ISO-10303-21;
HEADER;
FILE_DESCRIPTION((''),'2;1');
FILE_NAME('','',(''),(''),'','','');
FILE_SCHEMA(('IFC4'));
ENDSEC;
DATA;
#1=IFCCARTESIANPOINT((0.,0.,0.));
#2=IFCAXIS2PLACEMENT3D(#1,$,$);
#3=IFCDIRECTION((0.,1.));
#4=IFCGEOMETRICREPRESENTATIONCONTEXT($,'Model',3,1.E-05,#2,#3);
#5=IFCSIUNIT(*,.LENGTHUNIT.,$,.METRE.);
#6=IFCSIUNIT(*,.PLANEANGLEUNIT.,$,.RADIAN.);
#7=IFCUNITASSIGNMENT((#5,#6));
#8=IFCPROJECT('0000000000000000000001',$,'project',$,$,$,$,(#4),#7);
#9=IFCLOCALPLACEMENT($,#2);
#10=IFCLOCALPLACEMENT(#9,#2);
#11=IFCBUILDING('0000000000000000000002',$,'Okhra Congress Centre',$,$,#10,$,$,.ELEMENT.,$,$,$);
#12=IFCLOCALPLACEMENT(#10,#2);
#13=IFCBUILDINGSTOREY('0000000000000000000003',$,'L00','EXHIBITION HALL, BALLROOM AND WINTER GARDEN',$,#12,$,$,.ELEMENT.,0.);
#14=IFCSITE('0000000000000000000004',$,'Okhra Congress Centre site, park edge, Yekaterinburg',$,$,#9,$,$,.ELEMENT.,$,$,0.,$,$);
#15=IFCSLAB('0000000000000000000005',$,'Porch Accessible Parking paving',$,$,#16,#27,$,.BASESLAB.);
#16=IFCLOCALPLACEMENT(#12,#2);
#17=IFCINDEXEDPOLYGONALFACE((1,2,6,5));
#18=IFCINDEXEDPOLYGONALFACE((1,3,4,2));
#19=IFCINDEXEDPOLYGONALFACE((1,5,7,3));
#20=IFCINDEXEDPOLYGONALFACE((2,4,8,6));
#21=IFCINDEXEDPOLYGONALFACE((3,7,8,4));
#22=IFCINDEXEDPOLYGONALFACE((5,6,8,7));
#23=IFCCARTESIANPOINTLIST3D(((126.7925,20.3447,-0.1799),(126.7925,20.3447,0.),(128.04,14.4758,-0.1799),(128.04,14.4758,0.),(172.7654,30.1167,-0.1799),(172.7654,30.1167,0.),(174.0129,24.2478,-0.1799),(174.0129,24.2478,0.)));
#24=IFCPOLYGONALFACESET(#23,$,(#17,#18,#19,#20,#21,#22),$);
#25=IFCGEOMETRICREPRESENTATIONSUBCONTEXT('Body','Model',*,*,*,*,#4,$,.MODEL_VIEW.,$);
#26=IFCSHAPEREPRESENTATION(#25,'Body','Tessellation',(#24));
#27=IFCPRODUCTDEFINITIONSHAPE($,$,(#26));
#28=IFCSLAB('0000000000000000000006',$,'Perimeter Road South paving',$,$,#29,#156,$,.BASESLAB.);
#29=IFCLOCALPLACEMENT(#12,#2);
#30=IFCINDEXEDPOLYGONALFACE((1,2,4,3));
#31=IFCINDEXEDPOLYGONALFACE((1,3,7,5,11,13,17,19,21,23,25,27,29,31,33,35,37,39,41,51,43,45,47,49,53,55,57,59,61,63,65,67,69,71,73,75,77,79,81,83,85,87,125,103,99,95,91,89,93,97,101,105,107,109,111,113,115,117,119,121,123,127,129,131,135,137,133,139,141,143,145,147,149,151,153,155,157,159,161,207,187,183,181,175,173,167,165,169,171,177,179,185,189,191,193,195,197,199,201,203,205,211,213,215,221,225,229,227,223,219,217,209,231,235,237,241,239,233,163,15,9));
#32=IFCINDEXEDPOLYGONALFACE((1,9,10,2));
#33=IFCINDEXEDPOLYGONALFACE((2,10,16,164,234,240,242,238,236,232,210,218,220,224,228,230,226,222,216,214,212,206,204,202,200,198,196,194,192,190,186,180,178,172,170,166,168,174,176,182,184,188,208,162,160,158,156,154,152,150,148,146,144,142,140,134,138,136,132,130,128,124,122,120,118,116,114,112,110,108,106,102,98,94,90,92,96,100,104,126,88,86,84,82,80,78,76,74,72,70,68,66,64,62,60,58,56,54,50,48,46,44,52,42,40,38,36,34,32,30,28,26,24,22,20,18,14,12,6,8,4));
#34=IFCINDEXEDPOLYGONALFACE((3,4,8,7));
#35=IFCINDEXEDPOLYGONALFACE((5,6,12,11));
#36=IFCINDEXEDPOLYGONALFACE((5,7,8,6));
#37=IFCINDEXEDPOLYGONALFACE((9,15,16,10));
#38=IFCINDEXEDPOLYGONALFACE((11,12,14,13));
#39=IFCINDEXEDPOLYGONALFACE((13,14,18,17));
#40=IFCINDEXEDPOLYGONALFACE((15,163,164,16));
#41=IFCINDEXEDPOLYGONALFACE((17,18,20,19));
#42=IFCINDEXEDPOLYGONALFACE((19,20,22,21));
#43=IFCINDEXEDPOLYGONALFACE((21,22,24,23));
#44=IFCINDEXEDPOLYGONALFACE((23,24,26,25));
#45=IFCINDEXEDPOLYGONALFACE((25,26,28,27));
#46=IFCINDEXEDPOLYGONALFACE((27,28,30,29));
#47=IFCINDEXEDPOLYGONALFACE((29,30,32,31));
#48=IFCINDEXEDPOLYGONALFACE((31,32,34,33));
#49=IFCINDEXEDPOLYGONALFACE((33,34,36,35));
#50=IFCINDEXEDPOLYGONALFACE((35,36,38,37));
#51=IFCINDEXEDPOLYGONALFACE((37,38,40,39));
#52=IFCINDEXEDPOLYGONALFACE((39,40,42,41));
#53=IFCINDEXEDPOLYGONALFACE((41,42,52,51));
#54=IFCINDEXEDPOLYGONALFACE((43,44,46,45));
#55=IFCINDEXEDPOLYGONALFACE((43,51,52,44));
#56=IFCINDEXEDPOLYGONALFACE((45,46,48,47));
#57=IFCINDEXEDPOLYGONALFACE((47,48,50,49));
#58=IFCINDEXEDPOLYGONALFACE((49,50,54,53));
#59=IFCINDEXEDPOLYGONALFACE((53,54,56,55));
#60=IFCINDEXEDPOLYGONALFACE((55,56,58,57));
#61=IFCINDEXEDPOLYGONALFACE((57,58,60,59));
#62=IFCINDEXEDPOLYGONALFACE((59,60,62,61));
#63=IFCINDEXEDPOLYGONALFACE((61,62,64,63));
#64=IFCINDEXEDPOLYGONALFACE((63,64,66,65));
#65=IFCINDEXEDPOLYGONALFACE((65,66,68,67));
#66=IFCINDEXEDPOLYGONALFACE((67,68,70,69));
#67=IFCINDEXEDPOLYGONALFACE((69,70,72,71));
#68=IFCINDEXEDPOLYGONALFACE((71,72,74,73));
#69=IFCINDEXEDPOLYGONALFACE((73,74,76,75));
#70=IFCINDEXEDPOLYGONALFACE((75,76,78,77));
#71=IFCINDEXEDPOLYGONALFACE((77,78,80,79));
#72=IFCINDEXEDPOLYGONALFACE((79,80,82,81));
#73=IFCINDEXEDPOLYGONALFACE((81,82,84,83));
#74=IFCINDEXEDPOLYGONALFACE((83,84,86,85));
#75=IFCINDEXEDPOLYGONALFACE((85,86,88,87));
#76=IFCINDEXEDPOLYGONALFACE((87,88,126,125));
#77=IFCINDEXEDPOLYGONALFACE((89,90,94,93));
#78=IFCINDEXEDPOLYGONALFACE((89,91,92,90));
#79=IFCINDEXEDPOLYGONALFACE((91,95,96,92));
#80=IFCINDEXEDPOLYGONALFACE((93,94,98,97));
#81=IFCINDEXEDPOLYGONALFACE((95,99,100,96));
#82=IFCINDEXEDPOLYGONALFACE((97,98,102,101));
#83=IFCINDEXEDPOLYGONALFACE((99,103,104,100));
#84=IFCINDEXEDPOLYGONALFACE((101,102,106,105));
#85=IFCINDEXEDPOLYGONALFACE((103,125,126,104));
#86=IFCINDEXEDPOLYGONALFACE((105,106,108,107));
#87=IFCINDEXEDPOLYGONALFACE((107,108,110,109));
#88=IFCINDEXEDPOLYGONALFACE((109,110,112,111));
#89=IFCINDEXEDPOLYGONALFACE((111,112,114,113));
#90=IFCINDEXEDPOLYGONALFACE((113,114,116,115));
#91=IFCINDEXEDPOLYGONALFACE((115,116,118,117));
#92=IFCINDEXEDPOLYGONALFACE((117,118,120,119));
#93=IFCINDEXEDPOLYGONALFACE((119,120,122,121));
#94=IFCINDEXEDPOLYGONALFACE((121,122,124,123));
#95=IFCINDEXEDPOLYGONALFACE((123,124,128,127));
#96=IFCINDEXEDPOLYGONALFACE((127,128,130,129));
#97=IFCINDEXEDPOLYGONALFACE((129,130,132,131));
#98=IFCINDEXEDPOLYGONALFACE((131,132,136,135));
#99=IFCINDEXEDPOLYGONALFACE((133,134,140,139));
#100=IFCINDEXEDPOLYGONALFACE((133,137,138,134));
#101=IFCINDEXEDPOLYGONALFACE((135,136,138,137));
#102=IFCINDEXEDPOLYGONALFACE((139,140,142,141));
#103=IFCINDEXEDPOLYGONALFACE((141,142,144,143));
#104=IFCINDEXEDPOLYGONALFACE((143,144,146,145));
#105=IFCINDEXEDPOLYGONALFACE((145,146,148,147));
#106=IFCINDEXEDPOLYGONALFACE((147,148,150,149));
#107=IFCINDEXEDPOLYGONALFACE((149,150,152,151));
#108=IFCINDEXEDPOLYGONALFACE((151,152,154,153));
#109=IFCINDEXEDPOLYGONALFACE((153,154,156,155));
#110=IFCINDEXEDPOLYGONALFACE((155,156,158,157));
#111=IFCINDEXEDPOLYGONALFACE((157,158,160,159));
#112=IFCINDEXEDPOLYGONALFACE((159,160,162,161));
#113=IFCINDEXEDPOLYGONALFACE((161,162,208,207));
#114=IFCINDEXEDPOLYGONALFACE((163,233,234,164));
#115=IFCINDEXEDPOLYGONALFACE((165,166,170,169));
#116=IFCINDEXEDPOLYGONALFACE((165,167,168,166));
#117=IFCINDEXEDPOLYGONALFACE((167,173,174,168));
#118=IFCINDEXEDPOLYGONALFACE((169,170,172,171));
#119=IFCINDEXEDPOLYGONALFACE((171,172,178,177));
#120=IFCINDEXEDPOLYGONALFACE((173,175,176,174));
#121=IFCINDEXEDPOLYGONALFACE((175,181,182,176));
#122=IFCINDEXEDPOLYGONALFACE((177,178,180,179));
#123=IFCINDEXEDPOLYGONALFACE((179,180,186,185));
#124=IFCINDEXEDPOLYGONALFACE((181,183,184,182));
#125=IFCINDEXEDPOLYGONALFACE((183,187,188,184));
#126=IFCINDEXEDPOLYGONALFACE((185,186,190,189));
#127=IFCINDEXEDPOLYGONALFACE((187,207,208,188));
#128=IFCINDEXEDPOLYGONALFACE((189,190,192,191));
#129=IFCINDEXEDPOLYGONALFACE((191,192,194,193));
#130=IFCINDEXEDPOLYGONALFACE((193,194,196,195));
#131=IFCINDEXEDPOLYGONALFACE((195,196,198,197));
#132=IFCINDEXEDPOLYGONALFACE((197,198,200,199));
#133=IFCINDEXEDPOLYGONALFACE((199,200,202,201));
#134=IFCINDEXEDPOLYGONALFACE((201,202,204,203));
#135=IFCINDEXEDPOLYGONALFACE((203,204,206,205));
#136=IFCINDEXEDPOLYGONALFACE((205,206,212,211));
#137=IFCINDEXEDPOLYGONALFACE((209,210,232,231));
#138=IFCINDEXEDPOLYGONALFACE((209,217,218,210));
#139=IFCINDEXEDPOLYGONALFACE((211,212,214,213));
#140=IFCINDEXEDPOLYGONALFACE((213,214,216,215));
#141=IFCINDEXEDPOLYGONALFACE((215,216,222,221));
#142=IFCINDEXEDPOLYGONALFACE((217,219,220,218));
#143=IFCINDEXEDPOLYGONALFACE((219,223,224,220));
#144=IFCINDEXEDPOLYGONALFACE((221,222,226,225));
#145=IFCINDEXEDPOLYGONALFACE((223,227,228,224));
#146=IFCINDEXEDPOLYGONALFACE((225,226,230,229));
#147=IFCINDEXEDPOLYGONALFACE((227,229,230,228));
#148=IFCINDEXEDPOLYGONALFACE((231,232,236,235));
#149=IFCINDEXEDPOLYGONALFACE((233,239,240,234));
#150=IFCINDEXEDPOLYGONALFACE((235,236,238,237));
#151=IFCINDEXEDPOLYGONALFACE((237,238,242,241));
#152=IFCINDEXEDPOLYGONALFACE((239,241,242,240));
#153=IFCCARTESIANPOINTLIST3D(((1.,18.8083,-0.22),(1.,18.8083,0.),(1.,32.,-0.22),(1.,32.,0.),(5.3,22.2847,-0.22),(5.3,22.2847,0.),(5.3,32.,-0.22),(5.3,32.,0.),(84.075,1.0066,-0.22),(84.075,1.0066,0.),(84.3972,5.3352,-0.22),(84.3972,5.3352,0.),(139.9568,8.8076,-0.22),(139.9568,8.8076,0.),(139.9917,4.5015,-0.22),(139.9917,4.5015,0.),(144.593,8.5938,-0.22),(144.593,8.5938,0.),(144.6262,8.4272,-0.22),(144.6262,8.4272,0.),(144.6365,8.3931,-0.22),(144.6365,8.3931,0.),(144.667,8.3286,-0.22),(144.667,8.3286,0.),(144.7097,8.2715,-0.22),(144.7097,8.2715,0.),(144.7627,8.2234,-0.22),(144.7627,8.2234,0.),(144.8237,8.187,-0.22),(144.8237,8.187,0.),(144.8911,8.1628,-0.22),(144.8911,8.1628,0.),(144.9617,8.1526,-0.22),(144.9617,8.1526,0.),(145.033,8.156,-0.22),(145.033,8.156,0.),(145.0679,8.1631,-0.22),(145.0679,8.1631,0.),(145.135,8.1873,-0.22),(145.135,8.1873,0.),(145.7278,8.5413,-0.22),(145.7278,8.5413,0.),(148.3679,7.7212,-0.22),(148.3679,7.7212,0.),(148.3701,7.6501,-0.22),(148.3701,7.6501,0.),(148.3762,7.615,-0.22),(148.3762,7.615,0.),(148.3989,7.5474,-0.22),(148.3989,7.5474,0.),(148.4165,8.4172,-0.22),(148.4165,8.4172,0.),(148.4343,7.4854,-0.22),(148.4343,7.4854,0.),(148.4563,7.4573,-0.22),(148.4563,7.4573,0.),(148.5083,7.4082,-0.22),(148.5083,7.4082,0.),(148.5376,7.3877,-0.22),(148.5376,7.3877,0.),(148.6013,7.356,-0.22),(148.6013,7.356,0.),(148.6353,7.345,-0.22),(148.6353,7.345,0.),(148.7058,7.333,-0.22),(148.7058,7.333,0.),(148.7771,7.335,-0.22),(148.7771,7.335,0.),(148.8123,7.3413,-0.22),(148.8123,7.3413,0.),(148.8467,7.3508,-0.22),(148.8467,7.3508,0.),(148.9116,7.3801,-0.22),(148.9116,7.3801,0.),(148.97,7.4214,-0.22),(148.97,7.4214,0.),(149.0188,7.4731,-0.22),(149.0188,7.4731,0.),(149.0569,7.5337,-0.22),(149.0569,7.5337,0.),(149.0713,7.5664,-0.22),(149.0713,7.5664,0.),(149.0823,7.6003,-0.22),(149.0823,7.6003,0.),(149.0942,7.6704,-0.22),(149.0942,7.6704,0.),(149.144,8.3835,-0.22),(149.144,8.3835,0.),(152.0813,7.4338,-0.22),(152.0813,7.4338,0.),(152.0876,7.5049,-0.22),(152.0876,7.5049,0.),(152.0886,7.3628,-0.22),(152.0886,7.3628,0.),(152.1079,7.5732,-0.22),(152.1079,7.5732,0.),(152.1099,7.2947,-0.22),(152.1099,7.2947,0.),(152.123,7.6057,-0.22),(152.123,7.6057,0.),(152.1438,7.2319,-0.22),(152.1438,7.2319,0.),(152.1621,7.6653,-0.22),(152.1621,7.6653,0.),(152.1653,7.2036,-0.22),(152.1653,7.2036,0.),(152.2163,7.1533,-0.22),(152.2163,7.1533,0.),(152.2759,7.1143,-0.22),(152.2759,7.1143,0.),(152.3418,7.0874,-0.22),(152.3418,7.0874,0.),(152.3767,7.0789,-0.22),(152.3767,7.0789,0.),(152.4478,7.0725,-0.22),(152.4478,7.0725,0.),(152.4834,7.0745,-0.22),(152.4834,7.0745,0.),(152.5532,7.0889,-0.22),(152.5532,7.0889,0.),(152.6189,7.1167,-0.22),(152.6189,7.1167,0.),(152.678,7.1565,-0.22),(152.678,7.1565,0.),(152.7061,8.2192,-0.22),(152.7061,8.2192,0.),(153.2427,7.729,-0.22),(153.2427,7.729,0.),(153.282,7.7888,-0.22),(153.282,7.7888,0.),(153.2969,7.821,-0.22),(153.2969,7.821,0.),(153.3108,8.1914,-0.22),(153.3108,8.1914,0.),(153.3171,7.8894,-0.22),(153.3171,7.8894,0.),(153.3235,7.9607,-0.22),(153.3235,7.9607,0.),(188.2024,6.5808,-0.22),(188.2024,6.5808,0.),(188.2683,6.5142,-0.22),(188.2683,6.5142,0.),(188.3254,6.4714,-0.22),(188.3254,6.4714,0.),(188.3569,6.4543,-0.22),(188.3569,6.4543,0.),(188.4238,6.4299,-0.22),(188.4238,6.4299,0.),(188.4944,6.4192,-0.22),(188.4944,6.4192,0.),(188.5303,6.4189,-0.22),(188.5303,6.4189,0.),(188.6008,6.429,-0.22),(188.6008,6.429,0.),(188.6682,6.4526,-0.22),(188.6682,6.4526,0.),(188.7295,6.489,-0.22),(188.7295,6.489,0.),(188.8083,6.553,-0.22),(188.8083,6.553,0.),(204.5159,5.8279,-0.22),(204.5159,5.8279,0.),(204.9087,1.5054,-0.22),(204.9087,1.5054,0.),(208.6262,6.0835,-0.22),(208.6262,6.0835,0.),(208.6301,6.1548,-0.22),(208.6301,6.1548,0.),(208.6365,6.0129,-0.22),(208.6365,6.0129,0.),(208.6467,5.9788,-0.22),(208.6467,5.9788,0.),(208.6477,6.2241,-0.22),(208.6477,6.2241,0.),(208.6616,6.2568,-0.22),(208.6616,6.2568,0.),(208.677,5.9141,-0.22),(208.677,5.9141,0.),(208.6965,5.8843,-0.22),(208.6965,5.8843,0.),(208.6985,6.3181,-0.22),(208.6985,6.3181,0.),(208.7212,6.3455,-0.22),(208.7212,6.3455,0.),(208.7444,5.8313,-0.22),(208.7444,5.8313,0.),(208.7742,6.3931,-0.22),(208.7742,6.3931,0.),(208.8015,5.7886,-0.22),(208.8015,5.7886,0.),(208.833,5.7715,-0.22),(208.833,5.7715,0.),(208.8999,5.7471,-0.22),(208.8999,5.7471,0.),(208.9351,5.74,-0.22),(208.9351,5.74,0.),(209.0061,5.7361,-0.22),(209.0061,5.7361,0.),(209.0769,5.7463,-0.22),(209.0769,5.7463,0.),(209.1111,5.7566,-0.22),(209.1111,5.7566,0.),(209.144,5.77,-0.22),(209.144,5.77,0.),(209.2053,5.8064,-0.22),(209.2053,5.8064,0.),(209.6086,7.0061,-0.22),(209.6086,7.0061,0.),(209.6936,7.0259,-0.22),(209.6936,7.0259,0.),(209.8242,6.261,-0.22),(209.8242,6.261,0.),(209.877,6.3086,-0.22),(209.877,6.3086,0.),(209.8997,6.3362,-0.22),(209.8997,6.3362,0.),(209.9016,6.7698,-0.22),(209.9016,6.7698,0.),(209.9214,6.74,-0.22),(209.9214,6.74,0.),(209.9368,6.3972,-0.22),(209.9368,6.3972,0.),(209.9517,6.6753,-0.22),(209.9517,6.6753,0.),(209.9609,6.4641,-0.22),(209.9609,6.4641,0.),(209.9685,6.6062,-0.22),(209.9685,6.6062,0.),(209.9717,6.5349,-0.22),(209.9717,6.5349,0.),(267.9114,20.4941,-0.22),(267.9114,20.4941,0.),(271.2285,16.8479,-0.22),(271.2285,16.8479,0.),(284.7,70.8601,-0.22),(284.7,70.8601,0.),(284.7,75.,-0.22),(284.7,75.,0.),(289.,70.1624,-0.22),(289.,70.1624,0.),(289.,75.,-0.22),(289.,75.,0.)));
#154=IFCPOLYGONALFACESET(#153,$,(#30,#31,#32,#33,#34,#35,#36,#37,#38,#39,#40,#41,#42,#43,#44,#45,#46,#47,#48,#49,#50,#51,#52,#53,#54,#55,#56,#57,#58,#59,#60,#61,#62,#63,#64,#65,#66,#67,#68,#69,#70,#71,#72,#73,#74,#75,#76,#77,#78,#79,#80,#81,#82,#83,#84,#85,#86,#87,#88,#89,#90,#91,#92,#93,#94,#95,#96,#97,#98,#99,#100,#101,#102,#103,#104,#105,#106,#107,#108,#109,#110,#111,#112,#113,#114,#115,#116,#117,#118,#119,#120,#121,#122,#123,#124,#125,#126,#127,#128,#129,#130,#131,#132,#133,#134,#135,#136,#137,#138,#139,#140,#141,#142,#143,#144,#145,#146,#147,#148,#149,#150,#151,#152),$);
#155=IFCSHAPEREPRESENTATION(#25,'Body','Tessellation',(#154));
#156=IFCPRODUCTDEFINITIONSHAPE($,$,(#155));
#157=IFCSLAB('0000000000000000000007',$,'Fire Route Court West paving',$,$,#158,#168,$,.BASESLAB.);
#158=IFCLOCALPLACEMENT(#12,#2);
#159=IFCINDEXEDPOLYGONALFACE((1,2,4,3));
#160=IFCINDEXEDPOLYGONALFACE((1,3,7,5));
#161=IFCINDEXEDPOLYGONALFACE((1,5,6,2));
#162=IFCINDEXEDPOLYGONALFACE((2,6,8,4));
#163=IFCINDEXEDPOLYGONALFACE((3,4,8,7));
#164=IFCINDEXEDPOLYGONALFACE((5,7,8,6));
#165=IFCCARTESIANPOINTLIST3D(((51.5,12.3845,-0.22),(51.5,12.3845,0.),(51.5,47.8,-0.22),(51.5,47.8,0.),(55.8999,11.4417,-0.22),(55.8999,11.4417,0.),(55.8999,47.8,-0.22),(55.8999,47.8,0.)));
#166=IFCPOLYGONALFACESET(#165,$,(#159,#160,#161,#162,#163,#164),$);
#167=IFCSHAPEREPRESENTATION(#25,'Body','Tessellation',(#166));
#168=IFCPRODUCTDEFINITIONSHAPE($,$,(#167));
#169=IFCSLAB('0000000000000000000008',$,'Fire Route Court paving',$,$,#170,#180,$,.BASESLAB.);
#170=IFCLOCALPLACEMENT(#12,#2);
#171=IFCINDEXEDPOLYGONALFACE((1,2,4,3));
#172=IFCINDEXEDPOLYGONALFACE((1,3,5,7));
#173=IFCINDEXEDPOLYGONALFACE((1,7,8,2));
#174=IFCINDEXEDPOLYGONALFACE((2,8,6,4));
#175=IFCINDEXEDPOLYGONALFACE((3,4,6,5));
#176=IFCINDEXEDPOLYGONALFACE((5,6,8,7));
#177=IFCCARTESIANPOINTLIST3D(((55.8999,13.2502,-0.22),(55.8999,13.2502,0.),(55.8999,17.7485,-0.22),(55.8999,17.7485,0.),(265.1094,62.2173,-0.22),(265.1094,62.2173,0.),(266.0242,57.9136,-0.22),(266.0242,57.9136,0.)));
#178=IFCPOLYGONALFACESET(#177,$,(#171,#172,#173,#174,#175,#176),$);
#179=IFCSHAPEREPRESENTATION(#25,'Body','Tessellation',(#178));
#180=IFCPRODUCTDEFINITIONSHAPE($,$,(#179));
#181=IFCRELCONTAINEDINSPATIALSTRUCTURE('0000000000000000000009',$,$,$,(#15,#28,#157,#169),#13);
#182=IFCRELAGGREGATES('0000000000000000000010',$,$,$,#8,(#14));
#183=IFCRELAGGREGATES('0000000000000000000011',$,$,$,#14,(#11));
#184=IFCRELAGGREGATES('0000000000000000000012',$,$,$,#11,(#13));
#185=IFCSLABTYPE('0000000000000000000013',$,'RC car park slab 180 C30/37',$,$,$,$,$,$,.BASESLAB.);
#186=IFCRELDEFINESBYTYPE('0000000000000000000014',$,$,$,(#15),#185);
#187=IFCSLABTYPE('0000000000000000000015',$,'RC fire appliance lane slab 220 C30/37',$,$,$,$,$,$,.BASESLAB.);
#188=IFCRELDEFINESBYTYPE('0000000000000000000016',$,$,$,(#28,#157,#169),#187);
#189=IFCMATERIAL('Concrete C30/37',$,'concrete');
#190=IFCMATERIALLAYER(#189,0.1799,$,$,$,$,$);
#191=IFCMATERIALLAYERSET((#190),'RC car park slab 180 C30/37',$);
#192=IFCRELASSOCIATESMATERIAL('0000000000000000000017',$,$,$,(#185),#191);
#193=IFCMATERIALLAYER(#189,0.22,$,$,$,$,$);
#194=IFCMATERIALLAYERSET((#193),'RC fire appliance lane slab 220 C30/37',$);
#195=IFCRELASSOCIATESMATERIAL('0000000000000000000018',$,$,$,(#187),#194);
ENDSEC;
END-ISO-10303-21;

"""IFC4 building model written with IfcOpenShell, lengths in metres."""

from ifc_helpers import new_model, si_unit, direction, frame, origin, place, context, subcontext, project, spatial, polyline, outline, extrude, material, layer, layer_set, type_object, element, save


model = new_model("IFC4")

# Units and contexts
model_context = context("Model", 3, precision=1e-05, world=origin(), true_north=direction((0.0, 1.0)))
body_context = subcontext(model_context, "Body", "Model", "MODEL_VIEW")
ifc_project = project(units=[si_unit("LENGTHUNIT", "METRE"), si_unit("PLANEANGLEUNIT", "RADIAN")], contexts=[model_context])

# Site, building, storey
site_placement = place(None, origin())
site = spatial("IfcSite", under=ifc_project, at=site_placement, Name="Okhra Congress Centre site, park edge, Yekaterinburg", CompositionType="ELEMENT", RefElevation=0.0)
building_placement = place(site_placement, origin())
building = spatial("IfcBuilding", under=site, at=building_placement, Name="Okhra Congress Centre", CompositionType="ELEMENT")
storey_placement = place(building_placement, origin())
storey = spatial("IfcBuildingStorey", under=building, at=storey_placement, Name="L00", Description="EXHIBITION HALL, BALLROOM AND WINTER GARDEN", CompositionType="ELEMENT", Elevation=0.0)

# Slabs
ifc_material_1 = material(Name="Concrete C30/37", Category="concrete")
ifc_layer_1 = layer(ifc_material_1, 0.1799)
ifc_layer_set_1 = layer_set([ifc_layer_1], Name="RC car park slab 180 C30/37")
slab_type_1 = type_object("IfcSlabType", Name="RC car park slab 180 C30/37", PredefinedType="BASESLAB", material=ifc_layer_set_1)
slab_1_placement = place(storey_placement, frame((0.0, 0.0, -0.1799)))
element("IfcSlab", 1, at=slab_1_placement, inside=storey, type_object=slab_type_1, Name="Porch Accessible Parking paving", PredefinedType="BASESLAB", context=body_context, shape_type="SweptSolid", body=[
    extrude(outline(polyline([(172.7654, 30.1167), (126.7925, 20.3447), (128.04, 14.4758), (174.0129, 24.2478), (172.7654, 30.1167)])), origin(), (0.0, 0.0, 1.0), 0.1799),
])
ifc_layer_2 = layer(ifc_material_1, 0.22)
ifc_layer_set_2 = layer_set([ifc_layer_2], Name="RC fire appliance lane slab 220 C30/37")
slab_type_2 = type_object("IfcSlabType", Name="RC fire appliance lane slab 220 C30/37", PredefinedType="BASESLAB", material=ifc_layer_set_2)
slab_2_placement = place(storey_placement, frame((0.0, 0.0, -0.22)))
element("IfcSlab", 2, at=slab_2_placement, inside=storey, type_object=slab_type_2, Name="Perimeter Road South paving", PredefinedType="BASESLAB", context=body_context, shape_type="SweptSolid", body=[
    extrude(outline(polyline([(84.3972, 5.3352), (5.3, 22.2847), (5.3, 32.0), (1.0, 32.0), (1.0, 18.8083), (84.075, 1.0066), (139.9917, 4.5015), (204.9087, 1.5054), (271.2285, 16.8479), (289.0, 70.1624), (289.0, 75.0), (284.7, 75.0), (284.7, 70.8601), (267.9114, 20.4941), (209.6936, 7.0259), (209.9016, 6.7698), (209.9214, 6.74), (209.9517, 6.6753), (209.9685, 6.6062), (209.9717, 6.5349), (209.9609, 6.4641), (209.9368, 6.3972), (209.8997, 6.3362), (209.877, 6.3086), (209.8242, 6.261), (209.2053, 5.8064), (209.144, 5.77), (209.1111, 5.7566), (209.0769, 5.7463), (209.0061, 5.7361), (208.9351, 5.74), (208.8999, 5.7471), (208.833, 5.7715), (208.8015, 5.7886), (208.7444, 5.8313), (208.6965, 5.8843), (208.677, 5.9141), (208.6467, 5.9788), (208.6365, 6.0129), (208.6262, 6.0835), (208.6301, 6.1548), (208.6477, 6.2241), (208.6616, 6.2568), (208.6985, 6.3181), (208.7212, 6.3455), (208.7742, 6.3931), (209.6086, 7.0061), (204.5159, 5.8279), (188.8083, 6.553), (188.7295, 6.489), (188.6682, 6.4526), (188.6008, 6.429), (188.5303, 6.4189), (188.4944, 6.4192), (188.4238, 6.4299), (188.3569, 6.4543), (188.3254, 6.4714), (188.2683, 6.5142), (188.2024, 6.5808), (153.3108, 8.1914), (153.3235, 7.9607), (153.3171, 7.8894), (153.2969, 7.821), (153.282, 7.7888), (153.2427, 7.729), (152.678, 7.1565), (152.6189, 7.1167), (152.5532, 7.0889), (152.4834, 7.0745), (152.4478, 7.0725), (152.3767, 7.0789), (152.3418, 7.0874), (152.2759, 7.1143), (152.2163, 7.1533), (152.1653, 7.2036), (152.1438, 7.2319), (152.1099, 7.2947), (152.0886, 7.3628), (152.0813, 7.4338), (152.0876, 7.5049), (152.1079, 7.5732), (152.123, 7.6057), (152.1621, 7.6653), (152.7061, 8.2192), (149.144, 8.3835), (149.0942, 7.6704), (149.0823, 7.6003), (149.0713, 7.5664), (149.0569, 7.5337), (149.0188, 7.4731), (148.97, 7.4214), (148.9116, 7.3801), (148.8467, 7.3508), (148.8123, 7.3413), (148.7771, 7.335), (148.7058, 7.333), (148.6353, 7.345), (148.6013, 7.356), (148.5376, 7.3877), (148.5083, 7.4082), (148.4563, 7.4573), (148.4343, 7.4854), (148.3989, 7.5474), (148.3762, 7.615), (148.3701, 7.6501), (148.3679, 7.7212), (148.4165, 8.4172), (145.7278, 8.5413), (145.135, 8.1873), (145.0679, 8.1631), (145.033, 8.156), (144.9617, 8.1526), (144.8911, 8.1628), (144.8237, 8.187), (144.7627, 8.2234), (144.7097, 8.2715), (144.667, 8.3286), (144.6365, 8.3931), (144.6262, 8.4272), (144.593, 8.5938), (139.9568, 8.8076), (84.3972, 5.3352)])), origin(), (0.0, 0.0, 1.0), 0.22),
])
slab_3_placement = place(storey_placement, frame((0.0, 0.0, -0.22)))
element("IfcSlab", 3, at=slab_3_placement, inside=storey, type_object=slab_type_2, Name="Fire Route Court West paving", PredefinedType="BASESLAB", context=body_context, shape_type="SweptSolid", body=[
    extrude(outline(polyline([(55.8999, 47.8), (51.5, 47.8), (51.5, 12.3845), (55.8999, 11.4417), (55.8999, 47.8)])), origin(), (0.0, 0.0, 1.0), 0.22),
])
slab_4_placement = place(storey_placement, frame((0.0, 0.0, -0.22)))
element("IfcSlab", 4, at=slab_4_placement, inside=storey, type_object=slab_type_2, Name="Fire Route Court paving", PredefinedType="BASESLAB", context=body_context, shape_type="SweptSolid", body=[
    extrude(outline(polyline([(265.1094, 62.2173), (55.8999, 17.7485), (55.8999, 13.2502), (266.0242, 57.9136), (265.1094, 62.2173)])), origin(), (0.0, 0.0, 1.0), 0.22),
])

save(model, "model.ifc")
